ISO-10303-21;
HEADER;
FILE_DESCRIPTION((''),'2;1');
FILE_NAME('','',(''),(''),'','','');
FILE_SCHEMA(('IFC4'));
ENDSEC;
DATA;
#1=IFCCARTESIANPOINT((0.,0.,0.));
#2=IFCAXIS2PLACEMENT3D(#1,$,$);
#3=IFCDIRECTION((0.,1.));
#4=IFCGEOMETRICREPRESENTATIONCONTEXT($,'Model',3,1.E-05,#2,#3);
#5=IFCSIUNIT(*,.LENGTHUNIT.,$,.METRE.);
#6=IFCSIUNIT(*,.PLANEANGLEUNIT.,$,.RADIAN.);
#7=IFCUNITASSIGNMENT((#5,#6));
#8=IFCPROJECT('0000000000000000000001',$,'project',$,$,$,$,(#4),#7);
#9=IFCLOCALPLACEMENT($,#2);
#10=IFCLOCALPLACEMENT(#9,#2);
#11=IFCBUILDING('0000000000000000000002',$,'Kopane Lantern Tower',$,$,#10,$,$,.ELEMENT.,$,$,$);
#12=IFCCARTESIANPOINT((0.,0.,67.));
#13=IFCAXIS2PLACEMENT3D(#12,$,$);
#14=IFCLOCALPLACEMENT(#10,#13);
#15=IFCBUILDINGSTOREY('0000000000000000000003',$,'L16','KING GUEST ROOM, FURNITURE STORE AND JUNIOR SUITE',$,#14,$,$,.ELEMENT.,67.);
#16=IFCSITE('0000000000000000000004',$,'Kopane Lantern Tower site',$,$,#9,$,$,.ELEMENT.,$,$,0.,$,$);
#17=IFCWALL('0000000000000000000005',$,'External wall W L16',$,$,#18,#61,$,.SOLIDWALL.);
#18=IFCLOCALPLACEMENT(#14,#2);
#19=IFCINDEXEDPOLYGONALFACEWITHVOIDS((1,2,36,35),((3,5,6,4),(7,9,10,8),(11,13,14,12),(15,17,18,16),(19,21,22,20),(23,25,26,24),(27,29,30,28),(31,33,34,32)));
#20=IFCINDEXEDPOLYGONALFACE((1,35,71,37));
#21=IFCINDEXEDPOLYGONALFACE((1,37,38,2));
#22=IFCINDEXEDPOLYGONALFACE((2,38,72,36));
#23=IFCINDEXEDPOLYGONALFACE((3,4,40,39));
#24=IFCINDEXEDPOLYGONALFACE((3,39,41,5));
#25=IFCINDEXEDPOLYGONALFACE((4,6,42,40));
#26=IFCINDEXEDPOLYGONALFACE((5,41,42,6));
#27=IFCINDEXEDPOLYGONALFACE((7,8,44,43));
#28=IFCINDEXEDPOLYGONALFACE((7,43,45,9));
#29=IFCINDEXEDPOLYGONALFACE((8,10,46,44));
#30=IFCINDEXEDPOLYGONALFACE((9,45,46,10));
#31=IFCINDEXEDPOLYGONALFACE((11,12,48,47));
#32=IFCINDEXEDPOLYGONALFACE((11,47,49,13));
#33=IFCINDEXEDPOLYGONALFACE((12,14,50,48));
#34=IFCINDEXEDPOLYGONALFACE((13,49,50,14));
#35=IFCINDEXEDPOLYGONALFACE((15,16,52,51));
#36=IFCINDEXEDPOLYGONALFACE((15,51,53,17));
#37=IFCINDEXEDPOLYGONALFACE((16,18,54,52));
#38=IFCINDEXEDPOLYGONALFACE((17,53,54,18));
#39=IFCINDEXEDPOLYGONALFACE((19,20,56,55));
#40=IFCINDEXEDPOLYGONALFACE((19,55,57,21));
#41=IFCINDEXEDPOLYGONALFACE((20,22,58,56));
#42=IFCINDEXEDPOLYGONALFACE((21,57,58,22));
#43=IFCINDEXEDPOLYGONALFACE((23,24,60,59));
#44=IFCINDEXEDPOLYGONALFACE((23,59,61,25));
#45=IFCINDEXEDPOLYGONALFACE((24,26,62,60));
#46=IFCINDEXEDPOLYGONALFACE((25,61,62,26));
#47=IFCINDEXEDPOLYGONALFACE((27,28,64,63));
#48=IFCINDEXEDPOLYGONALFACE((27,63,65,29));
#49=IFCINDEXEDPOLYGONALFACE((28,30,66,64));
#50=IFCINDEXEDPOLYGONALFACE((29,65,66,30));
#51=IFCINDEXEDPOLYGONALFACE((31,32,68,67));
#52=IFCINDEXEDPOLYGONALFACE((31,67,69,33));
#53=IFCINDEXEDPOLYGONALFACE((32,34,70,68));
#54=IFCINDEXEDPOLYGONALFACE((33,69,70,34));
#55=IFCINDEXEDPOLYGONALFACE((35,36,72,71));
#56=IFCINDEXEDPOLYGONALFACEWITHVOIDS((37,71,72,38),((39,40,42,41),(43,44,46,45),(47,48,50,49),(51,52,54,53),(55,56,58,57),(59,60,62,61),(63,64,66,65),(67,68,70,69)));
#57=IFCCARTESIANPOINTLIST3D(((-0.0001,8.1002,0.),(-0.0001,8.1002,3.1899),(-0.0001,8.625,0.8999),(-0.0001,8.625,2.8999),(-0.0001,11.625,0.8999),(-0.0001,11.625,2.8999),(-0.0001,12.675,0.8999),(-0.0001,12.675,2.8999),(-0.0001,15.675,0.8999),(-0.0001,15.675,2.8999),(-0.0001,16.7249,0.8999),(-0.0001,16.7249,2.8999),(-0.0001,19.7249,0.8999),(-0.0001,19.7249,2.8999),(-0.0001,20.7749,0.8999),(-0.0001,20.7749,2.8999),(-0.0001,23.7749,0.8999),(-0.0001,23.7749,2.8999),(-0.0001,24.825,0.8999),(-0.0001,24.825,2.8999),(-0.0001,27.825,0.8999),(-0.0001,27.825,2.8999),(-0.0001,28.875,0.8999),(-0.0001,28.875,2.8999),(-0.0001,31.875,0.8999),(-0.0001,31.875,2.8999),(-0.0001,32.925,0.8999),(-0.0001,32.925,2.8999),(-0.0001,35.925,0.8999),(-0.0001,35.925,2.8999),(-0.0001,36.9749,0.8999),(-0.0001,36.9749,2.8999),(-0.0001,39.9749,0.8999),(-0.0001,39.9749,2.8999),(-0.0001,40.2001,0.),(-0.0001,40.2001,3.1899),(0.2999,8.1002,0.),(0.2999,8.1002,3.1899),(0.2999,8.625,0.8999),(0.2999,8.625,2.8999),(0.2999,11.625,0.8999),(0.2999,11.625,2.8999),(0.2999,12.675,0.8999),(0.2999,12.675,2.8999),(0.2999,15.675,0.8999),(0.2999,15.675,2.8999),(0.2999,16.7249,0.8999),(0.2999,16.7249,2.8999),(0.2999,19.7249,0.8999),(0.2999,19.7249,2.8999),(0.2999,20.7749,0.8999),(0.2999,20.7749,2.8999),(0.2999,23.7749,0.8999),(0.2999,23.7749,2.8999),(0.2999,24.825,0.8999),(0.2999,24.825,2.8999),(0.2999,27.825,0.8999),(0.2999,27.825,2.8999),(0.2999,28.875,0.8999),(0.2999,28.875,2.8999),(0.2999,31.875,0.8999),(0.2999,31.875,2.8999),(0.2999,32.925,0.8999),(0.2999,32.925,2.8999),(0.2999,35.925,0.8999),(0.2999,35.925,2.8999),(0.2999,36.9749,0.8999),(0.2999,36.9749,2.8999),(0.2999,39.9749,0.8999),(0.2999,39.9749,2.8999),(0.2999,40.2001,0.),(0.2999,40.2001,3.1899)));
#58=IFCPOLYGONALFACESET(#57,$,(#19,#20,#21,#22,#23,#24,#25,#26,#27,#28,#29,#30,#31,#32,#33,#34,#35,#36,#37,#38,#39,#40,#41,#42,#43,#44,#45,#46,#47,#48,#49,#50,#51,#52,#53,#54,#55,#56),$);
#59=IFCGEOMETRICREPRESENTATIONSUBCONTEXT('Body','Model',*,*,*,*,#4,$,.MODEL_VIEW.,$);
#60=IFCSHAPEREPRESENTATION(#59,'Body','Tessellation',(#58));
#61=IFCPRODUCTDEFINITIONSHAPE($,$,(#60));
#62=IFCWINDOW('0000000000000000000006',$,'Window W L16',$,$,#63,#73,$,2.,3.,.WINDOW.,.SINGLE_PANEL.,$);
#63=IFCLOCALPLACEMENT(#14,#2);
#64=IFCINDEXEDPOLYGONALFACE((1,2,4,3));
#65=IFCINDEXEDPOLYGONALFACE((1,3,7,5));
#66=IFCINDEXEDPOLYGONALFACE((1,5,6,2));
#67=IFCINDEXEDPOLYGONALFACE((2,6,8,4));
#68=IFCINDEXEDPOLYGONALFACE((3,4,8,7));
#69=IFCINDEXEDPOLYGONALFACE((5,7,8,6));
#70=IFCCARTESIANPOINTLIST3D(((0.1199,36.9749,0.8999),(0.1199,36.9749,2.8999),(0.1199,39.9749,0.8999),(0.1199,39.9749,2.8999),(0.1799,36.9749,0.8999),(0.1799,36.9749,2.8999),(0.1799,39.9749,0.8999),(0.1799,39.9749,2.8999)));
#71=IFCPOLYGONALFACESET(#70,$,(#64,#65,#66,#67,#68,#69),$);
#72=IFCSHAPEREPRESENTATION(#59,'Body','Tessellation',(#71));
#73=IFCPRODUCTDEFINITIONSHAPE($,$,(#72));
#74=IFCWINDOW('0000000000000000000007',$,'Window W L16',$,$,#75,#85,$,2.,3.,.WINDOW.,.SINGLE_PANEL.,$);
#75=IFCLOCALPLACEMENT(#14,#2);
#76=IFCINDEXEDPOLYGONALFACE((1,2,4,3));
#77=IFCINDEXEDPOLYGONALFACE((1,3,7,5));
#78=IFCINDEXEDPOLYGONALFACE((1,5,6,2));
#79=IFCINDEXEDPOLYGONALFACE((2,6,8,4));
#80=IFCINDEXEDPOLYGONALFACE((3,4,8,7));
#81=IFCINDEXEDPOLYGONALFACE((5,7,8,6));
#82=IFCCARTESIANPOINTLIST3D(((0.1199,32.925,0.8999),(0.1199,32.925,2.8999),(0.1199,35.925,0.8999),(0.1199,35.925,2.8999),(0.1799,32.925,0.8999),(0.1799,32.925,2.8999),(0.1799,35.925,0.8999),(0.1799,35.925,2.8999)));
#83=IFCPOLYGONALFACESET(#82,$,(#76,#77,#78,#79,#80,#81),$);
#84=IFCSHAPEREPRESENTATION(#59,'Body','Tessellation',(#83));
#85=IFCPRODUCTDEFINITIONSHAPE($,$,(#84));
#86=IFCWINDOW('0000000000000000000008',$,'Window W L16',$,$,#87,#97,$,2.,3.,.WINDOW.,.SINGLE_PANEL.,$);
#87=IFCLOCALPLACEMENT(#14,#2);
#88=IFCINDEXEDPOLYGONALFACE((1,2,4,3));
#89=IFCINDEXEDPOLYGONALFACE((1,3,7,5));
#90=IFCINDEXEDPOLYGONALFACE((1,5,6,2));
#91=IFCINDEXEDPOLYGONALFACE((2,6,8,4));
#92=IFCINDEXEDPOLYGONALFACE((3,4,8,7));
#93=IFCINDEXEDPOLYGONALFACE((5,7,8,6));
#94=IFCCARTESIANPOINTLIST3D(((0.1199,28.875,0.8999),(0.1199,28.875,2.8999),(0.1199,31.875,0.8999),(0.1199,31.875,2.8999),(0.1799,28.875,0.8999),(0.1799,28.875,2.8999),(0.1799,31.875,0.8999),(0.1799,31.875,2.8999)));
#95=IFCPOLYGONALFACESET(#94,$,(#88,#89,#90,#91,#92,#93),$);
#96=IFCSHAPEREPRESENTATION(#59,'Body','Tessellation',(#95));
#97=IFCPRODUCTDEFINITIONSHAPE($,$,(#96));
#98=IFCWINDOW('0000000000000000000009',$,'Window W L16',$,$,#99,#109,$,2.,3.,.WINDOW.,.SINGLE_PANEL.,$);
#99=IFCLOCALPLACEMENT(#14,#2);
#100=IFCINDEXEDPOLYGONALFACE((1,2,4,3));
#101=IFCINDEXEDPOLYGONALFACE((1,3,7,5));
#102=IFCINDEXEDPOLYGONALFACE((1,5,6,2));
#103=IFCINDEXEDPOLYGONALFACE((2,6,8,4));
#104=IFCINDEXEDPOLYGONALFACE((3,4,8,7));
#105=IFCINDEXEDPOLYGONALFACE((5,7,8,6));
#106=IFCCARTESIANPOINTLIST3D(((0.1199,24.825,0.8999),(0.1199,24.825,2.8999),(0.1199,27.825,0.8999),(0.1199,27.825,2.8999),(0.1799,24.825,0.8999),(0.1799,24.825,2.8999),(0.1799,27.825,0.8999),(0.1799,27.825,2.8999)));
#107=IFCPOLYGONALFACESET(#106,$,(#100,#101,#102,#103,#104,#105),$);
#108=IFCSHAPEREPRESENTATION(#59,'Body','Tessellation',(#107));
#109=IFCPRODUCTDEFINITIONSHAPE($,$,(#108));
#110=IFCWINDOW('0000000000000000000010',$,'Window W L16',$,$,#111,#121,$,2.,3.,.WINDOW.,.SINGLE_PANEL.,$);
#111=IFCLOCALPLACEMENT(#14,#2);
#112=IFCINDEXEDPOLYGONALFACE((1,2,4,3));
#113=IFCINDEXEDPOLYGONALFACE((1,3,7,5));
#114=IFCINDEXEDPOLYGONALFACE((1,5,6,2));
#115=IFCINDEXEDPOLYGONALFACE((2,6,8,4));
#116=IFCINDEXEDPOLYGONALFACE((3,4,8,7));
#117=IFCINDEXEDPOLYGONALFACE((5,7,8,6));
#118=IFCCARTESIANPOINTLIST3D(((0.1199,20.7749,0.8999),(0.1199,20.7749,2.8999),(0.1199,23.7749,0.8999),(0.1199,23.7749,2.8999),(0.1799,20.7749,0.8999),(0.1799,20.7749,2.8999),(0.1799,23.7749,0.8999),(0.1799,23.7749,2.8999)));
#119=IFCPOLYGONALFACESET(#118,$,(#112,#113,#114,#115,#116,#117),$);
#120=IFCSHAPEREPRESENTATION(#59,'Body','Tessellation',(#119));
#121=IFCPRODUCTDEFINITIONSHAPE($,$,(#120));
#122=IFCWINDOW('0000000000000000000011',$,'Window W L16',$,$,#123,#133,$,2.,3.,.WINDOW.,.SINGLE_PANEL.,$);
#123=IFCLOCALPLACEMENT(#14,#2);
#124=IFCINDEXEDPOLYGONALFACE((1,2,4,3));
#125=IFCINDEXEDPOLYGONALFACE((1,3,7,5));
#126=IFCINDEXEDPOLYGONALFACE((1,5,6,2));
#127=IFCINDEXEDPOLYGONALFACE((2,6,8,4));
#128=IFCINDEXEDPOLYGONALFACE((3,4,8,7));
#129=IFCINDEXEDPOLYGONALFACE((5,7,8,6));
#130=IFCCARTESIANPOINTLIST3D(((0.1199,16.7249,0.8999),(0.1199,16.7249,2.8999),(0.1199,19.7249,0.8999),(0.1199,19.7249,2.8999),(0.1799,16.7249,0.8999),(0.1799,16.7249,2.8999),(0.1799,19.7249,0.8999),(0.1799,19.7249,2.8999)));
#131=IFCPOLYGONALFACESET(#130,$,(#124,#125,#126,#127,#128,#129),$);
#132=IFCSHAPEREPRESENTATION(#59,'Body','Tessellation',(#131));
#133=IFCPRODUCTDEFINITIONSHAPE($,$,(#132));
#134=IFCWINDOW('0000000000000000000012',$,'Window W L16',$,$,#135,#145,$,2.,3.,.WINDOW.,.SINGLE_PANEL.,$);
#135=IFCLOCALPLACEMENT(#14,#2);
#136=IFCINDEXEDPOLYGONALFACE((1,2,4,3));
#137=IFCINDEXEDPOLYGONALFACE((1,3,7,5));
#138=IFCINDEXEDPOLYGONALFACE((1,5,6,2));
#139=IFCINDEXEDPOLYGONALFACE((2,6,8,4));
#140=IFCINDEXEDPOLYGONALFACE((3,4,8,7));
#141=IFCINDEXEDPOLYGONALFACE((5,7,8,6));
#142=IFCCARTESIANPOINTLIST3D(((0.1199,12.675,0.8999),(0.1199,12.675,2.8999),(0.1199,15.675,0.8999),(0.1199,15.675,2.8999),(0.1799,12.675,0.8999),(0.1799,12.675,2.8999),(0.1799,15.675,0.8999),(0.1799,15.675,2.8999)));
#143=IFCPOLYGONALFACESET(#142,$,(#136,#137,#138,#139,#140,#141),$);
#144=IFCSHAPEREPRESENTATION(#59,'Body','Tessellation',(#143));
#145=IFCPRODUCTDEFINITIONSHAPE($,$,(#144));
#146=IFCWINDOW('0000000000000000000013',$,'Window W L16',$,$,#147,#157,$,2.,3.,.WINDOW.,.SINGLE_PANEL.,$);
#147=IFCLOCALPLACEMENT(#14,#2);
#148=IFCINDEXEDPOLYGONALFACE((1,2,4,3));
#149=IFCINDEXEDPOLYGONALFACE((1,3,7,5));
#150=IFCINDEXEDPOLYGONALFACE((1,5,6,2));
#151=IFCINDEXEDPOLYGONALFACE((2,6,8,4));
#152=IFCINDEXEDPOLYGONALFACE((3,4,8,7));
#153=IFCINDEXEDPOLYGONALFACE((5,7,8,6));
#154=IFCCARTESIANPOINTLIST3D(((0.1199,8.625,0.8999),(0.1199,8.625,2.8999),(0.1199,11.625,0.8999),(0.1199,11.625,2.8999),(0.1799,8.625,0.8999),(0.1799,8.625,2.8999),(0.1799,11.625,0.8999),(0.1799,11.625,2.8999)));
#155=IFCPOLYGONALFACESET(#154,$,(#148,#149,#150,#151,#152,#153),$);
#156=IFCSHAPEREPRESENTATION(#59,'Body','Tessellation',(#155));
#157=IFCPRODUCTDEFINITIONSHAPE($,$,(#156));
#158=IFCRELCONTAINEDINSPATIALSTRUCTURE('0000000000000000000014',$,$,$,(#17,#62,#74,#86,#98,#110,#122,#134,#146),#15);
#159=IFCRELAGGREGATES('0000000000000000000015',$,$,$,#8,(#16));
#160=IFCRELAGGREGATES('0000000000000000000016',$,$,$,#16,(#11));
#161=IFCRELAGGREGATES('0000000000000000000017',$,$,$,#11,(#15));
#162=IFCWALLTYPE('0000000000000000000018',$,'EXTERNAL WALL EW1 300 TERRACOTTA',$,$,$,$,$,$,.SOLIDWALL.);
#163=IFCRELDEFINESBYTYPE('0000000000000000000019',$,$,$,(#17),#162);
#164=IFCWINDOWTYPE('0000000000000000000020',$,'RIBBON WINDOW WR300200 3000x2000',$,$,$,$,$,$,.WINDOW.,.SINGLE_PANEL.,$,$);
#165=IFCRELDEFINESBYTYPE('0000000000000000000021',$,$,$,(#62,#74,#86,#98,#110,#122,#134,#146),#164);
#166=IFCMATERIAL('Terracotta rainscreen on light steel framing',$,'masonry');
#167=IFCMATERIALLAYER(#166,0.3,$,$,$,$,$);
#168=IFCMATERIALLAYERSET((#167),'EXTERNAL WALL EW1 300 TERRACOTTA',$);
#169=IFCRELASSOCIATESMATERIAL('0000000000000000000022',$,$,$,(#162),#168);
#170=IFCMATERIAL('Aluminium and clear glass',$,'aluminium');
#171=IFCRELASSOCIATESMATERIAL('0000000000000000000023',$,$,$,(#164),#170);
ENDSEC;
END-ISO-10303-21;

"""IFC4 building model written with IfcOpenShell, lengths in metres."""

from ifc_helpers import new_model, si_unit, direction, frame, frame_2d, origin, place, context, subcontext, project, spatial, rectangle, extrude, material, layer, layer_set, type_object, element, fill, save


model = new_model("IFC4")

# Units and contexts
model_context = context("Model", 3, precision=1e-05, world=origin(), true_north=direction((0.0, 1.0)))
body_context = subcontext(model_context, "Body", "Model", "MODEL_VIEW")
ifc_project = project(units=[si_unit("LENGTHUNIT", "METRE"), si_unit("PLANEANGLEUNIT", "RADIAN")], contexts=[model_context])

# Site, building, storey
site_placement = place(None, origin())
site = spatial("IfcSite", under=ifc_project, at=site_placement, Name="Kopane Lantern Tower site", CompositionType="ELEMENT", RefElevation=0.0)
building_placement = place(site_placement, origin())
building = spatial("IfcBuilding", under=site, at=building_placement, Name="Kopane Lantern Tower", CompositionType="ELEMENT")
storey_placement = place(building_placement, frame((0.0, 0.0, 67.0)))
storey = spatial("IfcBuildingStorey", under=building, at=storey_placement, Name="L16", Description="KING GUEST ROOM, FURNITURE STORE AND JUNIOR SUITE", CompositionType="ELEMENT", Elevation=67.0)

# Shared definitions
ifc_material_1 = material(Name="Terracotta rainscreen on light steel framing", Category="masonry")
ifc_layer_1 = layer(ifc_material_1, 0.3)
ifc_layer_set_1 = layer_set([ifc_layer_1], Name="EXTERNAL WALL EW1 300 TERRACOTTA")
wall_type_1 = type_object("IfcWallType", Name="EXTERNAL WALL EW1 300 TERRACOTTA", PredefinedType="SOLIDWALL", material=ifc_layer_set_1)

# Wall, openings, windows
wall_1_placement = place(storey_placement, frame((0.1499, 40.2, 0.0), z_axis=(0.0, 0.0, 1.0), x_axis=(0.0, -1.0, 0.0)))
wall_1 = element("IfcWall", 1, at=wall_1_placement, inside=storey, type_object=wall_type_1, Name="External wall W L16", PredefinedType="SOLIDWALL", context=body_context, shape_type="SweptSolid", body=[
    extrude(rectangle(XDim=32.0999, YDim=0.3, at=frame_2d((16.0498, 0.0))), origin(), (0.0, 0.0, 1.0), 3.1899),
])
opening_1_placement = place(wall_1_placement, frame((0.2251, 0.0, 0.8999)))
opening_1 = element("IfcOpeningElement", 2, at=opening_1_placement, cuts=wall_1, PredefinedType="OPENING", context=body_context, shape_type="SweptSolid", body=[
    extrude(rectangle(XDim=3.0, YDim=2.0, at=frame_2d((1.5, 1.0))), frame((0.0, 0.1599, 0.0), z_axis=(0.0, -1.0, 0.0), x_axis=(1.0, 0.0, 0.0)), (0.0, 0.0, 1.0), 0.3201),
])
opening_2_placement = place(wall_1_placement, frame((4.2749, 0.0, 0.8999)))
opening_2 = element("IfcOpeningElement", 3, at=opening_2_placement, cuts=wall_1, PredefinedType="OPENING", context=body_context, shape_type="SweptSolid", body=[
    extrude(rectangle(XDim=3.0, YDim=2.0, at=frame_2d((1.5, 1.0))), frame((0.0, 0.1599, 0.0), z_axis=(0.0, -1.0, 0.0), x_axis=(1.0, 0.0, 0.0)), (0.0, 0.0, 1.0), 0.3201),
])
opening_3_placement = place(wall_1_placement, frame((8.325, 0.0, 0.8999)))
opening_3 = element("IfcOpeningElement", 4, at=opening_3_placement, cuts=wall_1, PredefinedType="OPENING", context=body_context, shape_type="SweptSolid", body=[
    extrude(rectangle(XDim=3.0, YDim=2.0, at=frame_2d((1.5, 1.0))), frame((0.0, 0.1599, 0.0), z_axis=(0.0, -1.0, 0.0), x_axis=(1.0, 0.0, 0.0)), (0.0, 0.0, 1.0), 0.3201),
])
opening_4_placement = place(wall_1_placement, frame((12.375, 0.0, 0.8999)))
opening_4 = element("IfcOpeningElement", 5, at=opening_4_placement, cuts=wall_1, PredefinedType="OPENING", context=body_context, shape_type="SweptSolid", body=[
    extrude(rectangle(XDim=3.0, YDim=2.0, at=frame_2d((1.5, 1.0))), frame((0.0, 0.1599, 0.0), z_axis=(0.0, -1.0, 0.0), x_axis=(1.0, 0.0, 0.0)), (0.0, 0.0, 1.0), 0.3201),
])
opening_5_placement = place(wall_1_placement, frame((16.425, 0.0, 0.8999)))
opening_5 = element("IfcOpeningElement", 6, at=opening_5_placement, cuts=wall_1, PredefinedType="OPENING", context=body_context, shape_type="SweptSolid", body=[
    extrude(rectangle(XDim=3.0, YDim=2.0, at=frame_2d((1.5, 1.0))), frame((0.0, 0.1599, 0.0), z_axis=(0.0, -1.0, 0.0), x_axis=(1.0, 0.0, 0.0)), (0.0, 0.0, 1.0), 0.3201),
])
opening_6_placement = place(wall_1_placement, frame((20.4751, 0.0, 0.8999)))
opening_6 = element("IfcOpeningElement", 7, at=opening_6_placement, cuts=wall_1, PredefinedType="OPENING", context=body_context, shape_type="SweptSolid", body=[
    extrude(rectangle(XDim=3.0, YDim=2.0, at=frame_2d((1.5, 1.0))), frame((0.0, 0.1599, 0.0), z_axis=(0.0, -1.0, 0.0), x_axis=(1.0, 0.0, 0.0)), (0.0, 0.0, 1.0), 0.3201),
])
opening_7_placement = place(wall_1_placement, frame((24.5249, 0.0, 0.8999)))
opening_7 = element("IfcOpeningElement", 8, at=opening_7_placement, cuts=wall_1, PredefinedType="OPENING", context=body_context, shape_type="SweptSolid", body=[
    extrude(rectangle(XDim=3.0, YDim=2.0, at=frame_2d((1.5, 1.0))), frame((0.0, 0.1599, 0.0), z_axis=(0.0, -1.0, 0.0), x_axis=(1.0, 0.0, 0.0)), (0.0, 0.0, 1.0), 0.3201),
])
opening_8_placement = place(wall_1_placement, frame((28.575, 0.0, 0.8999)))
opening_8 = element("IfcOpeningElement", 9, at=opening_8_placement, cuts=wall_1, PredefinedType="OPENING", context=body_context, shape_type="SweptSolid", body=[
    extrude(rectangle(XDim=3.0, YDim=2.0, at=frame_2d((1.5, 1.0))), frame((0.0, 0.1599, 0.0), z_axis=(0.0, -1.0, 0.0), x_axis=(1.0, 0.0, 0.0)), (0.0, 0.0, 1.0), 0.3201),
])
ifc_material_2 = material(Name="Aluminium and clear glass", Category="aluminium")
window_type_1 = type_object("IfcWindowType", Name="RIBBON WINDOW WR300200 3000x2000", PartitioningType="SINGLE_PANEL", PredefinedType="WINDOW", material=ifc_material_2)
window_1_placement = place(opening_1_placement, origin())
window_1 = element("IfcWindow", 10, at=window_1_placement, inside=storey, type_object=window_type_1, Name="Window W L16", OverallHeight=2.0, OverallWidth=3.0, PartitioningType="SINGLE_PANEL", PredefinedType="WINDOW", context=body_context, shape_type="SweptSolid", body=[
    extrude(rectangle(XDim=3.0, YDim=2.0, at=frame_2d((1.5, 1.0))), frame((0.0, 0.03, 0.0), z_axis=(0.0, -1.0, 0.0), x_axis=(1.0, 0.0, 0.0)), (0.0, 0.0, 1.0), 0.0601),
])
fill(opening_1, window_1)
window_2_placement = place(opening_2_placement, origin())
window_2 = element("IfcWindow", 11, at=window_2_placement, inside=storey, type_object=window_type_1, Name="Window W L16", OverallHeight=2.0, OverallWidth=3.0, PartitioningType="SINGLE_PANEL", PredefinedType="WINDOW", context=body_context, shape_type="SweptSolid", body=[
    extrude(rectangle(XDim=3.0, YDim=2.0, at=frame_2d((1.5, 1.0))), frame((0.0, 0.03, 0.0), z_axis=(0.0, -1.0, 0.0), x_axis=(1.0, 0.0, 0.0)), (0.0, 0.0, 1.0), 0.0601),
])
fill(opening_2, window_2)
window_3_placement = place(opening_3_placement, origin())
window_3 = element("IfcWindow", 12, at=window_3_placement, inside=storey, type_object=window_type_1, Name="Window W L16", OverallHeight=2.0, OverallWidth=3.0, PartitioningType="SINGLE_PANEL", PredefinedType="WINDOW", context=body_context, shape_type="SweptSolid", body=[
    extrude(rectangle(XDim=3.0, YDim=2.0, at=frame_2d((1.5, 1.0))), frame((0.0, 0.03, 0.0), z_axis=(0.0, -1.0, 0.0), x_axis=(1.0, 0.0, 0.0)), (0.0, 0.0, 1.0), 0.0601),
])
fill(opening_3, window_3)
window_4_placement = place(opening_4_placement, origin())
window_4 = element("IfcWindow", 13, at=window_4_placement, inside=storey, type_object=window_type_1, Name="Window W L16", OverallHeight=2.0, OverallWidth=3.0, PartitioningType="SINGLE_PANEL", PredefinedType="WINDOW", context=body_context, shape_type="SweptSolid", body=[
    extrude(rectangle(XDim=3.0, YDim=2.0, at=frame_2d((1.5, 1.0))), frame((0.0, 0.03, 0.0), z_axis=(0.0, -1.0, 0.0), x_axis=(1.0, 0.0, 0.0)), (0.0, 0.0, 1.0), 0.0601),
])
fill(opening_4, window_4)
window_5_placement = place(opening_5_placement, origin())
window_5 = element("IfcWindow", 14, at=window_5_placement, inside=storey, type_object=window_type_1, Name="Window W L16", OverallHeight=2.0, OverallWidth=3.0, PartitioningType="SINGLE_PANEL", PredefinedType="WINDOW", context=body_context, shape_type="SweptSolid", body=[
    extrude(rectangle(XDim=3.0, YDim=2.0, at=frame_2d((1.5, 1.0))), frame((0.0, 0.03, 0.0), z_axis=(0.0, -1.0, 0.0), x_axis=(1.0, 0.0, 0.0)), (0.0, 0.0, 1.0), 0.0601),
])
fill(opening_5, window_5)
window_6_placement = place(opening_6_placement, origin())
window_6 = element("IfcWindow", 15, at=window_6_placement, inside=storey, type_object=window_type_1, Name="Window W L16", OverallHeight=2.0, OverallWidth=3.0, PartitioningType="SINGLE_PANEL", PredefinedType="WINDOW", context=body_context, shape_type="SweptSolid", body=[
    extrude(rectangle(XDim=3.0, YDim=2.0, at=frame_2d((1.5, 1.0))), frame((0.0, 0.03, 0.0), z_axis=(0.0, -1.0, 0.0), x_axis=(1.0, 0.0, 0.0)), (0.0, 0.0, 1.0), 0.0601),
])
fill(opening_6, window_6)
window_7_placement = place(opening_7_placement, origin())
window_7 = element("IfcWindow", 16, at=window_7_placement, inside=storey, type_object=window_type_1, Name="Window W L16", OverallHeight=2.0, OverallWidth=3.0, PartitioningType="SINGLE_PANEL", PredefinedType="WINDOW", context=body_context, shape_type="SweptSolid", body=[
    extrude(rectangle(XDim=3.0, YDim=2.0, at=frame_2d((1.5, 1.0))), frame((0.0, 0.03, 0.0), z_axis=(0.0, -1.0, 0.0), x_axis=(1.0, 0.0, 0.0)), (0.0, 0.0, 1.0), 0.0601),
])
fill(opening_7, window_7)
window_8_placement = place(opening_8_placement, origin())
window_8 = element("IfcWindow", 17, at=window_8_placement, inside=storey, type_object=window_type_1, Name="Window W L16", OverallHeight=2.0, OverallWidth=3.0, PartitioningType="SINGLE_PANEL", PredefinedType="WINDOW", context=body_context, shape_type="SweptSolid", body=[
    extrude(rectangle(XDim=3.0, YDim=2.0, at=frame_2d((1.5, 1.0))), frame((0.0, 0.03, 0.0), z_axis=(0.0, -1.0, 0.0), x_axis=(1.0, 0.0, 0.0)), (0.0, 0.0, 1.0), 0.0601),
])
fill(opening_8, window_8)

save(model, "model.ifc")
